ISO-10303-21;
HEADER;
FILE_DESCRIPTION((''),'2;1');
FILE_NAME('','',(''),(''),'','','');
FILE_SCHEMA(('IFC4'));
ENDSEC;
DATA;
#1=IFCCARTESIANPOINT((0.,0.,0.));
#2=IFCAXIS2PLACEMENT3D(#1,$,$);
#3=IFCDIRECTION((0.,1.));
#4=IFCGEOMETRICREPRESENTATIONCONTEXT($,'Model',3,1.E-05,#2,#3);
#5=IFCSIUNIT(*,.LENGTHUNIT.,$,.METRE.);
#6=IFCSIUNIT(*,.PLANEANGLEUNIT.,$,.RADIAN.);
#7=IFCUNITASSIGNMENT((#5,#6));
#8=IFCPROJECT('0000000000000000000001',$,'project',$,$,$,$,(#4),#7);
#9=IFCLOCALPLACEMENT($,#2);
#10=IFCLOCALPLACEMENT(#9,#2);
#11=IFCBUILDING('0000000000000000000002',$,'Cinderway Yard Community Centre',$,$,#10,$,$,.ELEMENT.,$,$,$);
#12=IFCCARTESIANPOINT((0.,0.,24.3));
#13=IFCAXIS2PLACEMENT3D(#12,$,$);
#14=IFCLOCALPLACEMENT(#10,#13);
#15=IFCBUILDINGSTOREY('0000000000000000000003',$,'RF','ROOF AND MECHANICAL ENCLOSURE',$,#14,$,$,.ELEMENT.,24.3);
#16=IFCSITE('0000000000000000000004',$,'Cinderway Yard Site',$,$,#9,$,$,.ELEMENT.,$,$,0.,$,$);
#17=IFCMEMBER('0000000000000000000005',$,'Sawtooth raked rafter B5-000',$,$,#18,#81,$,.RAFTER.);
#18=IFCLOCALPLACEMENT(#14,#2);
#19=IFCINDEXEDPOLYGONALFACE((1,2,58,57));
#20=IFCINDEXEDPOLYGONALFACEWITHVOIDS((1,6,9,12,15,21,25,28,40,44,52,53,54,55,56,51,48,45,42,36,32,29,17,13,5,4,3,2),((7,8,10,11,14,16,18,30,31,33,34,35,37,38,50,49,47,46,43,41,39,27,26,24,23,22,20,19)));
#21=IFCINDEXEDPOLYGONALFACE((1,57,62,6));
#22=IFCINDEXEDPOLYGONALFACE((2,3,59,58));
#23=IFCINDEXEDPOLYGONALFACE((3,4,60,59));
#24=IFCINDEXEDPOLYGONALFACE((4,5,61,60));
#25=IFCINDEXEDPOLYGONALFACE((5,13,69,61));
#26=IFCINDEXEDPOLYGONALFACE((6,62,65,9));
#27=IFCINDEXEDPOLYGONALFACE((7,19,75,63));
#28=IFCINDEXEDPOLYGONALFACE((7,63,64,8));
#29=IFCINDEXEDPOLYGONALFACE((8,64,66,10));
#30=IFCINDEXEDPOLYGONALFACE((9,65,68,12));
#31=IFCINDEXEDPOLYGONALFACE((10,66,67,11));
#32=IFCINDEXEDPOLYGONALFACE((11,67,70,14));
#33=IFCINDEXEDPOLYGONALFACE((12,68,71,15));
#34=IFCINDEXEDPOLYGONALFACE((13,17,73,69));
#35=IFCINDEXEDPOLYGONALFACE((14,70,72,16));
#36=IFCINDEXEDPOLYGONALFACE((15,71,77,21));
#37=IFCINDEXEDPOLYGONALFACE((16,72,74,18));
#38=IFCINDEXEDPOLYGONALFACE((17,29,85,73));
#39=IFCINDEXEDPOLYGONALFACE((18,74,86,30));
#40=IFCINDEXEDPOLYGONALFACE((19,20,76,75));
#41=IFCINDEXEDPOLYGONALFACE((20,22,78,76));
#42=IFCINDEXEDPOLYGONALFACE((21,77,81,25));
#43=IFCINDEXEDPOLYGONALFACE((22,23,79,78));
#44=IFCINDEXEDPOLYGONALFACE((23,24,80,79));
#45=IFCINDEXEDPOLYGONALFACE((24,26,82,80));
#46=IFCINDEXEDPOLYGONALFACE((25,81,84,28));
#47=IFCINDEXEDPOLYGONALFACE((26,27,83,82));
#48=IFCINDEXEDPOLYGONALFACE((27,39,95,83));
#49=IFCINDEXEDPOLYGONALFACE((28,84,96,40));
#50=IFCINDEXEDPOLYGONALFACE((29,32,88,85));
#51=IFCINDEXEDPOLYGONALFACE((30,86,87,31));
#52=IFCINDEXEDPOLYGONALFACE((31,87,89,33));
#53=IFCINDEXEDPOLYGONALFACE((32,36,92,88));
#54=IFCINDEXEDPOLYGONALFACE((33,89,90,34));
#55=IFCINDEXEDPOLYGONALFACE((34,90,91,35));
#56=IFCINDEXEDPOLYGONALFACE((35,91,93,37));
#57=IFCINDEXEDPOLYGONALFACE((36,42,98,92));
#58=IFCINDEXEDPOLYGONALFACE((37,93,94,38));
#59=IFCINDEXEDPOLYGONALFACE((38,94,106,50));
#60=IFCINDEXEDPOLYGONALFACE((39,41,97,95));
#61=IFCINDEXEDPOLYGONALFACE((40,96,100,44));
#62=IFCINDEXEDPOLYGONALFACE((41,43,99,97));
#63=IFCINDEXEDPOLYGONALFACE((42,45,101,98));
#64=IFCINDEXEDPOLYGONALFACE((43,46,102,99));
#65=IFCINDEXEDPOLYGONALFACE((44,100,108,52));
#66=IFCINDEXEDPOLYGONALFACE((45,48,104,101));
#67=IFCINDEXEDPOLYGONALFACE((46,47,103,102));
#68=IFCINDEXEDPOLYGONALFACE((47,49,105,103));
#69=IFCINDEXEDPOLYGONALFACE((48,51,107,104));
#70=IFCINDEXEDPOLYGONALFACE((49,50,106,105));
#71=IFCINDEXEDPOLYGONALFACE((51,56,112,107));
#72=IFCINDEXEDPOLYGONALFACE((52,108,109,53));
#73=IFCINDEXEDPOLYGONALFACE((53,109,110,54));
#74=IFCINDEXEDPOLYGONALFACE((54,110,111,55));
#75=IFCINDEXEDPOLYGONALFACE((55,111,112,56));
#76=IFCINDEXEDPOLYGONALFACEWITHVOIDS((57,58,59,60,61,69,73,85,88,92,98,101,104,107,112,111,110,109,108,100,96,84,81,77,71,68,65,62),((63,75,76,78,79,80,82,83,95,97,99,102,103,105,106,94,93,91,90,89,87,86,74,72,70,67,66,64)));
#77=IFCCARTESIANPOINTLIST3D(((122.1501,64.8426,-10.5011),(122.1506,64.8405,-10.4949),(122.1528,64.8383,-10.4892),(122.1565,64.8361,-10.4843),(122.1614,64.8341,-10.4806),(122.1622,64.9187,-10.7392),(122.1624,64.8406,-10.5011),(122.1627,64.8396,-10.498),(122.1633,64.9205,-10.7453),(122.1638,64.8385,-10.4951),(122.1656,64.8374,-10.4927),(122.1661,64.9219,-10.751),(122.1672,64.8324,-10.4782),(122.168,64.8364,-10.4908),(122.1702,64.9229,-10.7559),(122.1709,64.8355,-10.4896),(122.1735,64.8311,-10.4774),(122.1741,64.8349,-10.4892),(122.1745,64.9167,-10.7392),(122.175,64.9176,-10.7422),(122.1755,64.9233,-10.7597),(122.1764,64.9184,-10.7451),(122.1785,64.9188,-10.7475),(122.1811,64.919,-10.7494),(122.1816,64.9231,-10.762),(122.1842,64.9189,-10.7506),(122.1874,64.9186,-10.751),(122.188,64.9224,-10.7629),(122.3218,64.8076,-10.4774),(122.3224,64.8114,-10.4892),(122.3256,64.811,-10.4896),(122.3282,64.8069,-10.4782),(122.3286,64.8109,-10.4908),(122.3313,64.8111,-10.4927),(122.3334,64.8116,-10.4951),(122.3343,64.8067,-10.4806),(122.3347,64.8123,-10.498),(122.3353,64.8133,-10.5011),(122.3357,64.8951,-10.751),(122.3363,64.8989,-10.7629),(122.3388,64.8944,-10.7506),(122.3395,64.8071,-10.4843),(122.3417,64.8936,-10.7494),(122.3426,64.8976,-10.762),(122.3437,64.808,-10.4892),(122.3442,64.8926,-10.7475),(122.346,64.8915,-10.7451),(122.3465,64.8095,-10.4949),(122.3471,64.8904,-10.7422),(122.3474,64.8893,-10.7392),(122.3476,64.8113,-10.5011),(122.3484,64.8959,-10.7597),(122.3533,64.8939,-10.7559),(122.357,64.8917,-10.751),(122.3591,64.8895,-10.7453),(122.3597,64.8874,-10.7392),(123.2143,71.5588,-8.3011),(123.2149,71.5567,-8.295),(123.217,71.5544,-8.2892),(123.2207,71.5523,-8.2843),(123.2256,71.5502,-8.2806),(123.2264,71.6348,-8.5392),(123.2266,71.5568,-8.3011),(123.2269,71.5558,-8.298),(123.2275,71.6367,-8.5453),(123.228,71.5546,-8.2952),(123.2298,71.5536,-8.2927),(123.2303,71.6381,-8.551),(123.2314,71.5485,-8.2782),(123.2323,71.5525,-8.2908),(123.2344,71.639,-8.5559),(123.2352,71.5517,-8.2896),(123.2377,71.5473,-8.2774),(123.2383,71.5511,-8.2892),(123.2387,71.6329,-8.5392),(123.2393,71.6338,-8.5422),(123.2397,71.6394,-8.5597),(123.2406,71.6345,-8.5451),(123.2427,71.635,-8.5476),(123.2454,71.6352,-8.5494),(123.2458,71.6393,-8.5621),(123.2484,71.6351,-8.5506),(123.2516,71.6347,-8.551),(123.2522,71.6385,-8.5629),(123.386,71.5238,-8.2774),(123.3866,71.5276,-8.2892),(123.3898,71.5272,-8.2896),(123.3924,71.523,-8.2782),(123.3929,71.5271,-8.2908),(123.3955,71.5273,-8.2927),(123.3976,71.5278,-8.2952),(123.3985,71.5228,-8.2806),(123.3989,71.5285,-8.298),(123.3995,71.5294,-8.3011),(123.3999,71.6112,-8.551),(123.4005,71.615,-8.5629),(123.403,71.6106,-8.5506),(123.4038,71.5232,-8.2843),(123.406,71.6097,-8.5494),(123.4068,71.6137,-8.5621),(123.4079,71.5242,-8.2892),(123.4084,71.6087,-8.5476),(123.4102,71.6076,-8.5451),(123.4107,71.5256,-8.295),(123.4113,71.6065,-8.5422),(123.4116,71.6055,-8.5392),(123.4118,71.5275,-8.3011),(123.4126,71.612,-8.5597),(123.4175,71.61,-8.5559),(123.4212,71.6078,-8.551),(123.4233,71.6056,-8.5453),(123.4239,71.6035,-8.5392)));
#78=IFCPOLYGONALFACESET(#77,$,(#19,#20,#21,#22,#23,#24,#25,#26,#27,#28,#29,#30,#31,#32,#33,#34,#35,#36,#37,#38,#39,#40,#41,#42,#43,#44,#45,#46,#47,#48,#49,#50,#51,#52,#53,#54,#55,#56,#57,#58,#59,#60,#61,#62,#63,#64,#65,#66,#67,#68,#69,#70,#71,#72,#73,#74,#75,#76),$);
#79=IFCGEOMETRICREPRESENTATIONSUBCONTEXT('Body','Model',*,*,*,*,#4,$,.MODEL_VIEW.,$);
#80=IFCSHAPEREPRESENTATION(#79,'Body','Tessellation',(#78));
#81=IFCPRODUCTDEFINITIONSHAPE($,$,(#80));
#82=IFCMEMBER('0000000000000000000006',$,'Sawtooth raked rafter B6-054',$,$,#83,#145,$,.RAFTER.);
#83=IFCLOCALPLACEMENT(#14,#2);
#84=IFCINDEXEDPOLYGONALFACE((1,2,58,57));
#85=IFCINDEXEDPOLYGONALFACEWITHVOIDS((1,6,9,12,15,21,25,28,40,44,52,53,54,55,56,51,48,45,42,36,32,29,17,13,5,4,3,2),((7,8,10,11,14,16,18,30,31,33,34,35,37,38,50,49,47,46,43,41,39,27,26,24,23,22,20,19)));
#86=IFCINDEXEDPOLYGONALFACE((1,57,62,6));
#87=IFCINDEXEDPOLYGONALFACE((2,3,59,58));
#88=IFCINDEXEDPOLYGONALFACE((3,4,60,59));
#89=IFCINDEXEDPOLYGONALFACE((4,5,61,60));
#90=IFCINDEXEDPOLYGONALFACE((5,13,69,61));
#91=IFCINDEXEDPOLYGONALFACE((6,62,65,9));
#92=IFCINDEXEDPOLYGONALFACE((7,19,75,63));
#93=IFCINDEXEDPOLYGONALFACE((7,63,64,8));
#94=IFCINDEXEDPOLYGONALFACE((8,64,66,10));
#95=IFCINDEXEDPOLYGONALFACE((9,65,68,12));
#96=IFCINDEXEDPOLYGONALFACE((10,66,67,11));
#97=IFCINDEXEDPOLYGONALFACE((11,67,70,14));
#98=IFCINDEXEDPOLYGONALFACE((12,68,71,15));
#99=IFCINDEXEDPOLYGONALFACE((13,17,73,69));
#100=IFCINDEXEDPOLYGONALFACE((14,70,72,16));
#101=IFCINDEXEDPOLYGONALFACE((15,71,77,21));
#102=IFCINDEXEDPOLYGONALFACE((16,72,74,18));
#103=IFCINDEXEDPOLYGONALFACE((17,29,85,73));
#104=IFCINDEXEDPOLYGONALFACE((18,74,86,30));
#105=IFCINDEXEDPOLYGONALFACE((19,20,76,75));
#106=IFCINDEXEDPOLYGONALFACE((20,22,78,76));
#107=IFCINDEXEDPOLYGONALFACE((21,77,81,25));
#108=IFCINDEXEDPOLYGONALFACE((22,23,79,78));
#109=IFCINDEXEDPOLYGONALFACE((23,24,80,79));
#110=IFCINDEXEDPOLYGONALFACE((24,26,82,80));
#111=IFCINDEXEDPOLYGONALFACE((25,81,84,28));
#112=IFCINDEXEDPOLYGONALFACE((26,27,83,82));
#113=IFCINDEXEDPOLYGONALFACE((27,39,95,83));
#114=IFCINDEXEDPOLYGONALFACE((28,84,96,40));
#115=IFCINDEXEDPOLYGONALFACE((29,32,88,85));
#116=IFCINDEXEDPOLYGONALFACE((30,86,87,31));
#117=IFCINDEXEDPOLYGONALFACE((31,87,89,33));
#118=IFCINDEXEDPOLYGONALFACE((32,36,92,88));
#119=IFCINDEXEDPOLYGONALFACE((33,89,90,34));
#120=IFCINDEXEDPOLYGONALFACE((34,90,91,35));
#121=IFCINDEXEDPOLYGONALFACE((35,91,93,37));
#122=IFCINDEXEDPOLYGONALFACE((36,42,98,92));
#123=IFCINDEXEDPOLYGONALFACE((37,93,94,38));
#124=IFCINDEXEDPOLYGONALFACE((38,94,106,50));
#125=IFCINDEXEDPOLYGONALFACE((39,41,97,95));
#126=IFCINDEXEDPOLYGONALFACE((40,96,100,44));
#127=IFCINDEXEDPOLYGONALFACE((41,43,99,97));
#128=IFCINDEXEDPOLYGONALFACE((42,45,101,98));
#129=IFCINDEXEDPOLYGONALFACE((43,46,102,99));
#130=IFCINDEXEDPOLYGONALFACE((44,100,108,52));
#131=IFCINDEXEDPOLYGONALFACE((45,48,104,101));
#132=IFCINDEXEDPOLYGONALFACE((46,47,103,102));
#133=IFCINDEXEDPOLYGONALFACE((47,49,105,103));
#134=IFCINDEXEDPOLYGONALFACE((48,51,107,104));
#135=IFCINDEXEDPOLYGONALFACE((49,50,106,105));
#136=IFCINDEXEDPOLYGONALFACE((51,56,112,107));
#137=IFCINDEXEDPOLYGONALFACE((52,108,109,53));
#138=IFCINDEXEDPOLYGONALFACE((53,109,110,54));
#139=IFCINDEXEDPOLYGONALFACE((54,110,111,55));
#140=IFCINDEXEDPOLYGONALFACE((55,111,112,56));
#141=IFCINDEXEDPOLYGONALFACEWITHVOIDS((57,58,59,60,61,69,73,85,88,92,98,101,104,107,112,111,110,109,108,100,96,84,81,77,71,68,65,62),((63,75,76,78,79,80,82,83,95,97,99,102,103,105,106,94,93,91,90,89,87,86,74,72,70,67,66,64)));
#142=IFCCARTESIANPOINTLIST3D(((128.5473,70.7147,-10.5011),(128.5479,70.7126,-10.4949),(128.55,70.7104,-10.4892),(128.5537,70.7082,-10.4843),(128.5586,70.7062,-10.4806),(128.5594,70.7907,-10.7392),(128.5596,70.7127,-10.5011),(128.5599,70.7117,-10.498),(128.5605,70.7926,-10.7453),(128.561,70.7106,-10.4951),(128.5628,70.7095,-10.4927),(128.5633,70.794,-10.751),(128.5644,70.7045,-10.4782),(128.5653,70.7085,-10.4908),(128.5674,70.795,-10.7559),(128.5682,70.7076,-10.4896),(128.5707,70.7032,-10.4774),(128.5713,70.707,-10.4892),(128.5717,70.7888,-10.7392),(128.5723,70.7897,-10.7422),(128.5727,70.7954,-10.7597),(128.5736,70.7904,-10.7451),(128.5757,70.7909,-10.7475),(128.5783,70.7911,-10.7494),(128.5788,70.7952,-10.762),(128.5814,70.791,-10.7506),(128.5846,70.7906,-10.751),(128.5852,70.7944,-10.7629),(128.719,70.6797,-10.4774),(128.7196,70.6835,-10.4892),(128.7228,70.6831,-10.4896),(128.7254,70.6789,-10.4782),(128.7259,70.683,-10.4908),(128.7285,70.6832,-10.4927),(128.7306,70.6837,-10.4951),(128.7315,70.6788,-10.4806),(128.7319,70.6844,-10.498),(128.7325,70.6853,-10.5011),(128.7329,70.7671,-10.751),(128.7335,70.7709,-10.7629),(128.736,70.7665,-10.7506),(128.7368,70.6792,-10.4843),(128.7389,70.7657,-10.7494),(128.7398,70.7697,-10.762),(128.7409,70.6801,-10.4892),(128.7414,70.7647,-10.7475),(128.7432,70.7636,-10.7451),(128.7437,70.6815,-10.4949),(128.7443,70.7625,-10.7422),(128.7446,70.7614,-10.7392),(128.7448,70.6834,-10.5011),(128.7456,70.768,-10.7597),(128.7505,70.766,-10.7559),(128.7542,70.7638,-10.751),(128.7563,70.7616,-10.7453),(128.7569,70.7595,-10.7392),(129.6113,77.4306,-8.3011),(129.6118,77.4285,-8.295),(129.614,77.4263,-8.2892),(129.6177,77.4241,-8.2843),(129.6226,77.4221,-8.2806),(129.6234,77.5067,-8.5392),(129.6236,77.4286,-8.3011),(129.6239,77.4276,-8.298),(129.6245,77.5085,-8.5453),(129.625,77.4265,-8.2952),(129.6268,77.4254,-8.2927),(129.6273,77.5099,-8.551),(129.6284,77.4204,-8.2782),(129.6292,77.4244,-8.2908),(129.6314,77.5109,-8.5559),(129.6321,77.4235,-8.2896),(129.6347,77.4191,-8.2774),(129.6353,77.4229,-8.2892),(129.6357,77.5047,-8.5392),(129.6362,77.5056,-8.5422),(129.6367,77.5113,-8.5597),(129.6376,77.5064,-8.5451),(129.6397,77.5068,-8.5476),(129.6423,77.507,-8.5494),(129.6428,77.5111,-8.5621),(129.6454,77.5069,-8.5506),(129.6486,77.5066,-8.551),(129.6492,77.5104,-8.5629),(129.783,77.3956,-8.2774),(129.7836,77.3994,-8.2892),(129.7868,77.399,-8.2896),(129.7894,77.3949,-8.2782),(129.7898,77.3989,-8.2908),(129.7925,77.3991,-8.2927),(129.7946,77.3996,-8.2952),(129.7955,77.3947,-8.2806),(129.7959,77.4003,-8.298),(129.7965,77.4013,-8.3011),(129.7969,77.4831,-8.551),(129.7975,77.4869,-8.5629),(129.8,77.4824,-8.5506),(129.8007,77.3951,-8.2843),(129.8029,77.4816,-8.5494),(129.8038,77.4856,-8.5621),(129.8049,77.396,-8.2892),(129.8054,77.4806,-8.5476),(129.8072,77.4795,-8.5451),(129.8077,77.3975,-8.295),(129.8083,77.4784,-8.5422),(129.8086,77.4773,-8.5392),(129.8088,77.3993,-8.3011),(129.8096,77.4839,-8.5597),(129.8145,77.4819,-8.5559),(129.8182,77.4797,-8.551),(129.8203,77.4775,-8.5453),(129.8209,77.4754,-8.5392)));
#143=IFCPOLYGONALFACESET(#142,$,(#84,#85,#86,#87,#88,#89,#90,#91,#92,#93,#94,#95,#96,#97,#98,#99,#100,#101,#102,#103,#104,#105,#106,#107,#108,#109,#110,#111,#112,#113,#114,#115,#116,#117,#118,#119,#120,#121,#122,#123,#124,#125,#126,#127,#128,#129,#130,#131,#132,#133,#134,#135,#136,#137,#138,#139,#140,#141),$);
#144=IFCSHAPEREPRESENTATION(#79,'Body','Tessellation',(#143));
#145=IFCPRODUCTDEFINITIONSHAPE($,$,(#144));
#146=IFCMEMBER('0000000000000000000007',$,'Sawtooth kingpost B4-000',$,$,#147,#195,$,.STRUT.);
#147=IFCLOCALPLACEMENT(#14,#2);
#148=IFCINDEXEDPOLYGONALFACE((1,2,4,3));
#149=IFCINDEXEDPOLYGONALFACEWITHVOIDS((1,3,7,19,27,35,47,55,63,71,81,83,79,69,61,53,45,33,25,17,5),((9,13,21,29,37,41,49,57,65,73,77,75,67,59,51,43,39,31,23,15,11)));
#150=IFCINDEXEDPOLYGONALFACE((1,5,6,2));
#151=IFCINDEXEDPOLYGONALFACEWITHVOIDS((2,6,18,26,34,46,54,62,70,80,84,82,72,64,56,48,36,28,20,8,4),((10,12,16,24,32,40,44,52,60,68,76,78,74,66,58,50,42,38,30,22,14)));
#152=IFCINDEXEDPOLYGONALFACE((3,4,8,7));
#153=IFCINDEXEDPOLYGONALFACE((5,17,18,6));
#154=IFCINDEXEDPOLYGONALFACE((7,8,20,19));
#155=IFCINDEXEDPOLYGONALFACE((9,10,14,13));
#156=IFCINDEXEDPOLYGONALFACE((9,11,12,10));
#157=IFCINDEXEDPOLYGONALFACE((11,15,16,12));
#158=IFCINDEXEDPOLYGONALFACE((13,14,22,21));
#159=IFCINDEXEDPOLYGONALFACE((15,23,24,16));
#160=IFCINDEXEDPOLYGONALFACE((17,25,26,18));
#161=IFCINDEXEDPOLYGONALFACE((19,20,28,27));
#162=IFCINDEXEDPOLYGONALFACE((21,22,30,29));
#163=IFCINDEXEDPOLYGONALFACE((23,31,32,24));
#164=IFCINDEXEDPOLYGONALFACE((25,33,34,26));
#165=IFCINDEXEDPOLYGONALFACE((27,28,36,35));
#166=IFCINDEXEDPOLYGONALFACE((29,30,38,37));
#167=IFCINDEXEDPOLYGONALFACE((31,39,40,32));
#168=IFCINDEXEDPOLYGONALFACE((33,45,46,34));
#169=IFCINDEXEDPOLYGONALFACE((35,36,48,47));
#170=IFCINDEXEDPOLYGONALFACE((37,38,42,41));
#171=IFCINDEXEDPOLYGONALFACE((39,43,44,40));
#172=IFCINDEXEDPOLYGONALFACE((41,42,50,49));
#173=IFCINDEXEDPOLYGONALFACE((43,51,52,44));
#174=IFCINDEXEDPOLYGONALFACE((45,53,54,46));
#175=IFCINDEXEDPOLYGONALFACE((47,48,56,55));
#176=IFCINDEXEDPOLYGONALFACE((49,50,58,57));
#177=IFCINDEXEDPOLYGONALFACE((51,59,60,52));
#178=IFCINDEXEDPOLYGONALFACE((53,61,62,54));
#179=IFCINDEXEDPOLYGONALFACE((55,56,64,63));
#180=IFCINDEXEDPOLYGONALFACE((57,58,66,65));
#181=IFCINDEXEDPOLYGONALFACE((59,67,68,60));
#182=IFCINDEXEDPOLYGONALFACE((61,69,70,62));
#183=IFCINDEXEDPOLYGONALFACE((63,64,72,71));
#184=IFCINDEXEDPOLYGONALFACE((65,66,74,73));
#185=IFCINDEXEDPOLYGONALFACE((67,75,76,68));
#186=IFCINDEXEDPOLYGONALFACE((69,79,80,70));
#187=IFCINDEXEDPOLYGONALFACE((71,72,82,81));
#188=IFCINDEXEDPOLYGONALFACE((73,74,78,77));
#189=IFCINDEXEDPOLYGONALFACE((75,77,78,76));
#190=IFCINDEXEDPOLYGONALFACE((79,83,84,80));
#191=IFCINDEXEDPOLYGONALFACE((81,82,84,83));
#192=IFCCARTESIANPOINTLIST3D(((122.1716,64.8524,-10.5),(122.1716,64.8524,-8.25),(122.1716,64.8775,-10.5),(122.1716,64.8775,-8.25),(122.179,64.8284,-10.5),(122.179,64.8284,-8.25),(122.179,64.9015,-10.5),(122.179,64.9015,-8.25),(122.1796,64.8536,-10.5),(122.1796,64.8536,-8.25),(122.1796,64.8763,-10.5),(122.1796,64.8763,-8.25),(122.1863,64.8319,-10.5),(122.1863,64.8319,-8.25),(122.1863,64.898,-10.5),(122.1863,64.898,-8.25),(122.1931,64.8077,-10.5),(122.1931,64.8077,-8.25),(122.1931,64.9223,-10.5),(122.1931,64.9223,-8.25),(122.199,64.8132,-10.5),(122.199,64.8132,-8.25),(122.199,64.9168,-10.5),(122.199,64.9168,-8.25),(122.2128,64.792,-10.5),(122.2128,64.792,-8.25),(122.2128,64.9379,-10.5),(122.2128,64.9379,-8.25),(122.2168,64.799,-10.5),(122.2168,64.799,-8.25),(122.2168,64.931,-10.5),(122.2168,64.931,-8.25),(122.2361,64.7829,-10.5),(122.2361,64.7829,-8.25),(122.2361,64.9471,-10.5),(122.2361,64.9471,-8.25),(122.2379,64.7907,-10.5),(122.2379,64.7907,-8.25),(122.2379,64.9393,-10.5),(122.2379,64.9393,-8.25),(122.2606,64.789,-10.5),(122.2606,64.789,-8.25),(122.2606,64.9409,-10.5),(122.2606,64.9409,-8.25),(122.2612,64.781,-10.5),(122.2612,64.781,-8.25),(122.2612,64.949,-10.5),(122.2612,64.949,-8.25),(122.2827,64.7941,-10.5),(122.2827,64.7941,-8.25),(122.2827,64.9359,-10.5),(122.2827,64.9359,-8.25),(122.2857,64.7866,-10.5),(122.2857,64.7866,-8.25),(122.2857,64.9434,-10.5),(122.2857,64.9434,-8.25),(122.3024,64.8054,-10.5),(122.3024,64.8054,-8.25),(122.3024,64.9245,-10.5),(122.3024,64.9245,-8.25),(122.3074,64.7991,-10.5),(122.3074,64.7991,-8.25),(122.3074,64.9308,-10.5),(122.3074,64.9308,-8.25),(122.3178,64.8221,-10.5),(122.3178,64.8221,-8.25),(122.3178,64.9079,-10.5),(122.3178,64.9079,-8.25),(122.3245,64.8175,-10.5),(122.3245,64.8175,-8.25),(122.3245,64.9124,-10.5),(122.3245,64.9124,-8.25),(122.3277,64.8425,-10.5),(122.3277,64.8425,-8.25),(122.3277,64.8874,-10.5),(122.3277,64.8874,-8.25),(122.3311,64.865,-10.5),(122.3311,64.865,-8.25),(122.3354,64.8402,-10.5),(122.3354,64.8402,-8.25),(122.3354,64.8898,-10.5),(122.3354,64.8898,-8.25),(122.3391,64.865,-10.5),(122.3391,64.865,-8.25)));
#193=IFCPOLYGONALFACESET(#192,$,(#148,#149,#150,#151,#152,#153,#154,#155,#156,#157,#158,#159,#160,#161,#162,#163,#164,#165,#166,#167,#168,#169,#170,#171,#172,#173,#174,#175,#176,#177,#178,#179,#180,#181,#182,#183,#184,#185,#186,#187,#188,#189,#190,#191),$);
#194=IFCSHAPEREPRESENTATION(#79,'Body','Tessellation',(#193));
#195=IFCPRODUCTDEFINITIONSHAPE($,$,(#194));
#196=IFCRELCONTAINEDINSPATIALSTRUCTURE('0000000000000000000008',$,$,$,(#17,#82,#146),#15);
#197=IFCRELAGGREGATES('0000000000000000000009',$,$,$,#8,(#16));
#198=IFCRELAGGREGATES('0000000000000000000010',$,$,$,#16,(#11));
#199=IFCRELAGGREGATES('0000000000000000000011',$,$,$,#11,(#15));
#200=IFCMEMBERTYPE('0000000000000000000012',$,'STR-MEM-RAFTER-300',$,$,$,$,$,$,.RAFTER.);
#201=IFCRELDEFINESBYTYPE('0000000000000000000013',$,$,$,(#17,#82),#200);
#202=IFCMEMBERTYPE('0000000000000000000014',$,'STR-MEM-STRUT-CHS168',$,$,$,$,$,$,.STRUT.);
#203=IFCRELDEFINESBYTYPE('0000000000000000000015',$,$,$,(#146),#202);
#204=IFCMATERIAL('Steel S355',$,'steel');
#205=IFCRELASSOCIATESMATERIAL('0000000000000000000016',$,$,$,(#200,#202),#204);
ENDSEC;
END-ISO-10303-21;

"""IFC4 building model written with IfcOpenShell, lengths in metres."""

from ifc_helpers import new_model, si_unit, direction, frame, origin, origin_2d, place, context, subcontext, project, spatial, hollow_rectangle, hollow_circle, extrude, material, material_profile, profile_set, type_object, element, save


model = new_model("IFC4")

# Units and contexts
model_context = context("Model", 3, precision=1e-05, world=origin(), true_north=direction((0.0, 1.0)))
body_context = subcontext(model_context, "Body", "Model", "MODEL_VIEW")
ifc_project = project(units=[si_unit("LENGTHUNIT", "METRE"), si_unit("PLANEANGLEUNIT", "RADIAN")], contexts=[model_context])

# Site, building, storey
site_placement = place(None, origin())
site = spatial("IfcSite", under=ifc_project, at=site_placement, Name="Cinderway Yard Site", CompositionType="ELEMENT", RefElevation=0.0)
building_placement = place(site_placement, origin())
building = spatial("IfcBuilding", under=site, at=building_placement, Name="Cinderway Yard Community Centre", CompositionType="ELEMENT")
storey_placement = place(building_placement, frame((0.0, 0.0, 24.3)))
storey = spatial("IfcBuildingStorey", under=building, at=storey_placement, Name="RF", Description="ROOF AND MECHANICAL ENCLOSURE", CompositionType="ELEMENT", Elevation=24.3)

# Shared definitions
ifc_material_1 = material(Name="Steel S355", Category="steel")

# Members
ifc_material_profile_1 = material_profile(ifc_material_1, hollow_rectangle(XDim=0.2, YDim=0.3, WallThickness=0.0125, InnerFilletRadius=0.0125, OuterFilletRadius=0.0249, at=origin_2d()), Name="Steel S355")
ifc_profile_set_1 = profile_set([ifc_material_profile_1], Name="Steel S355")
member_type_1 = type_object("IfcMemberType", Name="STR-MEM-RAFTER-300", PredefinedType="RAFTER", material=ifc_profile_set_1)
member_1_placement = place(storey_placement, frame((122.2549, 64.865, -10.6201), z_axis=(0.148905, 0.93972, 0.30782), x_axis=(-0.987677, 0.156505, 0.0)))
element("IfcMember", 1, at=member_1_placement, inside=storey, type_object=member_type_1, Name="Sawtooth raked rafter B5-000", PredefinedType="RAFTER", context=body_context, shape_type="SweptSolid", body=[
    extrude(hollow_rectangle(XDim=0.2, YDim=0.3, WallThickness=0.0125, InnerFilletRadius=0.0125, OuterFilletRadius=0.0249, at=origin_2d()), origin(), (0.0, 0.0, 1.0), 7.147),
])
member_2_placement = place(storey_placement, frame((128.6521, 70.7371, -10.6201), z_axis=(0.148877, 0.939721, 0.307831), x_axis=(-0.987682, 0.156475, 0.0)))
element("IfcMember", 2, at=member_2_placement, inside=storey, type_object=member_type_1, Name="Sawtooth raked rafter B6-054", PredefinedType="RAFTER", context=body_context, shape_type="SweptSolid", body=[
    extrude(hollow_rectangle(XDim=0.2, YDim=0.3, WallThickness=0.0125, InnerFilletRadius=0.0125, OuterFilletRadius=0.0249, at=origin_2d()), origin(), (0.0, 0.0, 1.0), 7.1467),
])
ifc_material_profile_2 = material_profile(ifc_material_1, hollow_circle(Radius=0.0842, WallThickness=0.0081, at=origin_2d()), Name="Steel S355")
ifc_profile_set_2 = profile_set([ifc_material_profile_2], Name="Steel S355")
member_type_2 = type_object("IfcMemberType", Name="STR-MEM-STRUT-CHS168", PredefinedType="STRUT", material=ifc_profile_set_2)
member_3_placement = place(storey_placement, frame((122.2549, 64.865, -10.5), z_axis=(0.0, 0.0, 1.0), x_axis=(1.0, 0.0, 0.0)))
element("IfcMember", 3, at=member_3_placement, inside=storey, type_object=member_type_2, Name="Sawtooth kingpost B4-000", PredefinedType="STRUT", context=body_context, shape_type="SweptSolid", body=[
    extrude(hollow_circle(Radius=0.0842, WallThickness=0.0081, at=origin_2d()), origin(), (0.0, 0.0, 1.0), 2.25),
])

save(model, "model.ifc")
